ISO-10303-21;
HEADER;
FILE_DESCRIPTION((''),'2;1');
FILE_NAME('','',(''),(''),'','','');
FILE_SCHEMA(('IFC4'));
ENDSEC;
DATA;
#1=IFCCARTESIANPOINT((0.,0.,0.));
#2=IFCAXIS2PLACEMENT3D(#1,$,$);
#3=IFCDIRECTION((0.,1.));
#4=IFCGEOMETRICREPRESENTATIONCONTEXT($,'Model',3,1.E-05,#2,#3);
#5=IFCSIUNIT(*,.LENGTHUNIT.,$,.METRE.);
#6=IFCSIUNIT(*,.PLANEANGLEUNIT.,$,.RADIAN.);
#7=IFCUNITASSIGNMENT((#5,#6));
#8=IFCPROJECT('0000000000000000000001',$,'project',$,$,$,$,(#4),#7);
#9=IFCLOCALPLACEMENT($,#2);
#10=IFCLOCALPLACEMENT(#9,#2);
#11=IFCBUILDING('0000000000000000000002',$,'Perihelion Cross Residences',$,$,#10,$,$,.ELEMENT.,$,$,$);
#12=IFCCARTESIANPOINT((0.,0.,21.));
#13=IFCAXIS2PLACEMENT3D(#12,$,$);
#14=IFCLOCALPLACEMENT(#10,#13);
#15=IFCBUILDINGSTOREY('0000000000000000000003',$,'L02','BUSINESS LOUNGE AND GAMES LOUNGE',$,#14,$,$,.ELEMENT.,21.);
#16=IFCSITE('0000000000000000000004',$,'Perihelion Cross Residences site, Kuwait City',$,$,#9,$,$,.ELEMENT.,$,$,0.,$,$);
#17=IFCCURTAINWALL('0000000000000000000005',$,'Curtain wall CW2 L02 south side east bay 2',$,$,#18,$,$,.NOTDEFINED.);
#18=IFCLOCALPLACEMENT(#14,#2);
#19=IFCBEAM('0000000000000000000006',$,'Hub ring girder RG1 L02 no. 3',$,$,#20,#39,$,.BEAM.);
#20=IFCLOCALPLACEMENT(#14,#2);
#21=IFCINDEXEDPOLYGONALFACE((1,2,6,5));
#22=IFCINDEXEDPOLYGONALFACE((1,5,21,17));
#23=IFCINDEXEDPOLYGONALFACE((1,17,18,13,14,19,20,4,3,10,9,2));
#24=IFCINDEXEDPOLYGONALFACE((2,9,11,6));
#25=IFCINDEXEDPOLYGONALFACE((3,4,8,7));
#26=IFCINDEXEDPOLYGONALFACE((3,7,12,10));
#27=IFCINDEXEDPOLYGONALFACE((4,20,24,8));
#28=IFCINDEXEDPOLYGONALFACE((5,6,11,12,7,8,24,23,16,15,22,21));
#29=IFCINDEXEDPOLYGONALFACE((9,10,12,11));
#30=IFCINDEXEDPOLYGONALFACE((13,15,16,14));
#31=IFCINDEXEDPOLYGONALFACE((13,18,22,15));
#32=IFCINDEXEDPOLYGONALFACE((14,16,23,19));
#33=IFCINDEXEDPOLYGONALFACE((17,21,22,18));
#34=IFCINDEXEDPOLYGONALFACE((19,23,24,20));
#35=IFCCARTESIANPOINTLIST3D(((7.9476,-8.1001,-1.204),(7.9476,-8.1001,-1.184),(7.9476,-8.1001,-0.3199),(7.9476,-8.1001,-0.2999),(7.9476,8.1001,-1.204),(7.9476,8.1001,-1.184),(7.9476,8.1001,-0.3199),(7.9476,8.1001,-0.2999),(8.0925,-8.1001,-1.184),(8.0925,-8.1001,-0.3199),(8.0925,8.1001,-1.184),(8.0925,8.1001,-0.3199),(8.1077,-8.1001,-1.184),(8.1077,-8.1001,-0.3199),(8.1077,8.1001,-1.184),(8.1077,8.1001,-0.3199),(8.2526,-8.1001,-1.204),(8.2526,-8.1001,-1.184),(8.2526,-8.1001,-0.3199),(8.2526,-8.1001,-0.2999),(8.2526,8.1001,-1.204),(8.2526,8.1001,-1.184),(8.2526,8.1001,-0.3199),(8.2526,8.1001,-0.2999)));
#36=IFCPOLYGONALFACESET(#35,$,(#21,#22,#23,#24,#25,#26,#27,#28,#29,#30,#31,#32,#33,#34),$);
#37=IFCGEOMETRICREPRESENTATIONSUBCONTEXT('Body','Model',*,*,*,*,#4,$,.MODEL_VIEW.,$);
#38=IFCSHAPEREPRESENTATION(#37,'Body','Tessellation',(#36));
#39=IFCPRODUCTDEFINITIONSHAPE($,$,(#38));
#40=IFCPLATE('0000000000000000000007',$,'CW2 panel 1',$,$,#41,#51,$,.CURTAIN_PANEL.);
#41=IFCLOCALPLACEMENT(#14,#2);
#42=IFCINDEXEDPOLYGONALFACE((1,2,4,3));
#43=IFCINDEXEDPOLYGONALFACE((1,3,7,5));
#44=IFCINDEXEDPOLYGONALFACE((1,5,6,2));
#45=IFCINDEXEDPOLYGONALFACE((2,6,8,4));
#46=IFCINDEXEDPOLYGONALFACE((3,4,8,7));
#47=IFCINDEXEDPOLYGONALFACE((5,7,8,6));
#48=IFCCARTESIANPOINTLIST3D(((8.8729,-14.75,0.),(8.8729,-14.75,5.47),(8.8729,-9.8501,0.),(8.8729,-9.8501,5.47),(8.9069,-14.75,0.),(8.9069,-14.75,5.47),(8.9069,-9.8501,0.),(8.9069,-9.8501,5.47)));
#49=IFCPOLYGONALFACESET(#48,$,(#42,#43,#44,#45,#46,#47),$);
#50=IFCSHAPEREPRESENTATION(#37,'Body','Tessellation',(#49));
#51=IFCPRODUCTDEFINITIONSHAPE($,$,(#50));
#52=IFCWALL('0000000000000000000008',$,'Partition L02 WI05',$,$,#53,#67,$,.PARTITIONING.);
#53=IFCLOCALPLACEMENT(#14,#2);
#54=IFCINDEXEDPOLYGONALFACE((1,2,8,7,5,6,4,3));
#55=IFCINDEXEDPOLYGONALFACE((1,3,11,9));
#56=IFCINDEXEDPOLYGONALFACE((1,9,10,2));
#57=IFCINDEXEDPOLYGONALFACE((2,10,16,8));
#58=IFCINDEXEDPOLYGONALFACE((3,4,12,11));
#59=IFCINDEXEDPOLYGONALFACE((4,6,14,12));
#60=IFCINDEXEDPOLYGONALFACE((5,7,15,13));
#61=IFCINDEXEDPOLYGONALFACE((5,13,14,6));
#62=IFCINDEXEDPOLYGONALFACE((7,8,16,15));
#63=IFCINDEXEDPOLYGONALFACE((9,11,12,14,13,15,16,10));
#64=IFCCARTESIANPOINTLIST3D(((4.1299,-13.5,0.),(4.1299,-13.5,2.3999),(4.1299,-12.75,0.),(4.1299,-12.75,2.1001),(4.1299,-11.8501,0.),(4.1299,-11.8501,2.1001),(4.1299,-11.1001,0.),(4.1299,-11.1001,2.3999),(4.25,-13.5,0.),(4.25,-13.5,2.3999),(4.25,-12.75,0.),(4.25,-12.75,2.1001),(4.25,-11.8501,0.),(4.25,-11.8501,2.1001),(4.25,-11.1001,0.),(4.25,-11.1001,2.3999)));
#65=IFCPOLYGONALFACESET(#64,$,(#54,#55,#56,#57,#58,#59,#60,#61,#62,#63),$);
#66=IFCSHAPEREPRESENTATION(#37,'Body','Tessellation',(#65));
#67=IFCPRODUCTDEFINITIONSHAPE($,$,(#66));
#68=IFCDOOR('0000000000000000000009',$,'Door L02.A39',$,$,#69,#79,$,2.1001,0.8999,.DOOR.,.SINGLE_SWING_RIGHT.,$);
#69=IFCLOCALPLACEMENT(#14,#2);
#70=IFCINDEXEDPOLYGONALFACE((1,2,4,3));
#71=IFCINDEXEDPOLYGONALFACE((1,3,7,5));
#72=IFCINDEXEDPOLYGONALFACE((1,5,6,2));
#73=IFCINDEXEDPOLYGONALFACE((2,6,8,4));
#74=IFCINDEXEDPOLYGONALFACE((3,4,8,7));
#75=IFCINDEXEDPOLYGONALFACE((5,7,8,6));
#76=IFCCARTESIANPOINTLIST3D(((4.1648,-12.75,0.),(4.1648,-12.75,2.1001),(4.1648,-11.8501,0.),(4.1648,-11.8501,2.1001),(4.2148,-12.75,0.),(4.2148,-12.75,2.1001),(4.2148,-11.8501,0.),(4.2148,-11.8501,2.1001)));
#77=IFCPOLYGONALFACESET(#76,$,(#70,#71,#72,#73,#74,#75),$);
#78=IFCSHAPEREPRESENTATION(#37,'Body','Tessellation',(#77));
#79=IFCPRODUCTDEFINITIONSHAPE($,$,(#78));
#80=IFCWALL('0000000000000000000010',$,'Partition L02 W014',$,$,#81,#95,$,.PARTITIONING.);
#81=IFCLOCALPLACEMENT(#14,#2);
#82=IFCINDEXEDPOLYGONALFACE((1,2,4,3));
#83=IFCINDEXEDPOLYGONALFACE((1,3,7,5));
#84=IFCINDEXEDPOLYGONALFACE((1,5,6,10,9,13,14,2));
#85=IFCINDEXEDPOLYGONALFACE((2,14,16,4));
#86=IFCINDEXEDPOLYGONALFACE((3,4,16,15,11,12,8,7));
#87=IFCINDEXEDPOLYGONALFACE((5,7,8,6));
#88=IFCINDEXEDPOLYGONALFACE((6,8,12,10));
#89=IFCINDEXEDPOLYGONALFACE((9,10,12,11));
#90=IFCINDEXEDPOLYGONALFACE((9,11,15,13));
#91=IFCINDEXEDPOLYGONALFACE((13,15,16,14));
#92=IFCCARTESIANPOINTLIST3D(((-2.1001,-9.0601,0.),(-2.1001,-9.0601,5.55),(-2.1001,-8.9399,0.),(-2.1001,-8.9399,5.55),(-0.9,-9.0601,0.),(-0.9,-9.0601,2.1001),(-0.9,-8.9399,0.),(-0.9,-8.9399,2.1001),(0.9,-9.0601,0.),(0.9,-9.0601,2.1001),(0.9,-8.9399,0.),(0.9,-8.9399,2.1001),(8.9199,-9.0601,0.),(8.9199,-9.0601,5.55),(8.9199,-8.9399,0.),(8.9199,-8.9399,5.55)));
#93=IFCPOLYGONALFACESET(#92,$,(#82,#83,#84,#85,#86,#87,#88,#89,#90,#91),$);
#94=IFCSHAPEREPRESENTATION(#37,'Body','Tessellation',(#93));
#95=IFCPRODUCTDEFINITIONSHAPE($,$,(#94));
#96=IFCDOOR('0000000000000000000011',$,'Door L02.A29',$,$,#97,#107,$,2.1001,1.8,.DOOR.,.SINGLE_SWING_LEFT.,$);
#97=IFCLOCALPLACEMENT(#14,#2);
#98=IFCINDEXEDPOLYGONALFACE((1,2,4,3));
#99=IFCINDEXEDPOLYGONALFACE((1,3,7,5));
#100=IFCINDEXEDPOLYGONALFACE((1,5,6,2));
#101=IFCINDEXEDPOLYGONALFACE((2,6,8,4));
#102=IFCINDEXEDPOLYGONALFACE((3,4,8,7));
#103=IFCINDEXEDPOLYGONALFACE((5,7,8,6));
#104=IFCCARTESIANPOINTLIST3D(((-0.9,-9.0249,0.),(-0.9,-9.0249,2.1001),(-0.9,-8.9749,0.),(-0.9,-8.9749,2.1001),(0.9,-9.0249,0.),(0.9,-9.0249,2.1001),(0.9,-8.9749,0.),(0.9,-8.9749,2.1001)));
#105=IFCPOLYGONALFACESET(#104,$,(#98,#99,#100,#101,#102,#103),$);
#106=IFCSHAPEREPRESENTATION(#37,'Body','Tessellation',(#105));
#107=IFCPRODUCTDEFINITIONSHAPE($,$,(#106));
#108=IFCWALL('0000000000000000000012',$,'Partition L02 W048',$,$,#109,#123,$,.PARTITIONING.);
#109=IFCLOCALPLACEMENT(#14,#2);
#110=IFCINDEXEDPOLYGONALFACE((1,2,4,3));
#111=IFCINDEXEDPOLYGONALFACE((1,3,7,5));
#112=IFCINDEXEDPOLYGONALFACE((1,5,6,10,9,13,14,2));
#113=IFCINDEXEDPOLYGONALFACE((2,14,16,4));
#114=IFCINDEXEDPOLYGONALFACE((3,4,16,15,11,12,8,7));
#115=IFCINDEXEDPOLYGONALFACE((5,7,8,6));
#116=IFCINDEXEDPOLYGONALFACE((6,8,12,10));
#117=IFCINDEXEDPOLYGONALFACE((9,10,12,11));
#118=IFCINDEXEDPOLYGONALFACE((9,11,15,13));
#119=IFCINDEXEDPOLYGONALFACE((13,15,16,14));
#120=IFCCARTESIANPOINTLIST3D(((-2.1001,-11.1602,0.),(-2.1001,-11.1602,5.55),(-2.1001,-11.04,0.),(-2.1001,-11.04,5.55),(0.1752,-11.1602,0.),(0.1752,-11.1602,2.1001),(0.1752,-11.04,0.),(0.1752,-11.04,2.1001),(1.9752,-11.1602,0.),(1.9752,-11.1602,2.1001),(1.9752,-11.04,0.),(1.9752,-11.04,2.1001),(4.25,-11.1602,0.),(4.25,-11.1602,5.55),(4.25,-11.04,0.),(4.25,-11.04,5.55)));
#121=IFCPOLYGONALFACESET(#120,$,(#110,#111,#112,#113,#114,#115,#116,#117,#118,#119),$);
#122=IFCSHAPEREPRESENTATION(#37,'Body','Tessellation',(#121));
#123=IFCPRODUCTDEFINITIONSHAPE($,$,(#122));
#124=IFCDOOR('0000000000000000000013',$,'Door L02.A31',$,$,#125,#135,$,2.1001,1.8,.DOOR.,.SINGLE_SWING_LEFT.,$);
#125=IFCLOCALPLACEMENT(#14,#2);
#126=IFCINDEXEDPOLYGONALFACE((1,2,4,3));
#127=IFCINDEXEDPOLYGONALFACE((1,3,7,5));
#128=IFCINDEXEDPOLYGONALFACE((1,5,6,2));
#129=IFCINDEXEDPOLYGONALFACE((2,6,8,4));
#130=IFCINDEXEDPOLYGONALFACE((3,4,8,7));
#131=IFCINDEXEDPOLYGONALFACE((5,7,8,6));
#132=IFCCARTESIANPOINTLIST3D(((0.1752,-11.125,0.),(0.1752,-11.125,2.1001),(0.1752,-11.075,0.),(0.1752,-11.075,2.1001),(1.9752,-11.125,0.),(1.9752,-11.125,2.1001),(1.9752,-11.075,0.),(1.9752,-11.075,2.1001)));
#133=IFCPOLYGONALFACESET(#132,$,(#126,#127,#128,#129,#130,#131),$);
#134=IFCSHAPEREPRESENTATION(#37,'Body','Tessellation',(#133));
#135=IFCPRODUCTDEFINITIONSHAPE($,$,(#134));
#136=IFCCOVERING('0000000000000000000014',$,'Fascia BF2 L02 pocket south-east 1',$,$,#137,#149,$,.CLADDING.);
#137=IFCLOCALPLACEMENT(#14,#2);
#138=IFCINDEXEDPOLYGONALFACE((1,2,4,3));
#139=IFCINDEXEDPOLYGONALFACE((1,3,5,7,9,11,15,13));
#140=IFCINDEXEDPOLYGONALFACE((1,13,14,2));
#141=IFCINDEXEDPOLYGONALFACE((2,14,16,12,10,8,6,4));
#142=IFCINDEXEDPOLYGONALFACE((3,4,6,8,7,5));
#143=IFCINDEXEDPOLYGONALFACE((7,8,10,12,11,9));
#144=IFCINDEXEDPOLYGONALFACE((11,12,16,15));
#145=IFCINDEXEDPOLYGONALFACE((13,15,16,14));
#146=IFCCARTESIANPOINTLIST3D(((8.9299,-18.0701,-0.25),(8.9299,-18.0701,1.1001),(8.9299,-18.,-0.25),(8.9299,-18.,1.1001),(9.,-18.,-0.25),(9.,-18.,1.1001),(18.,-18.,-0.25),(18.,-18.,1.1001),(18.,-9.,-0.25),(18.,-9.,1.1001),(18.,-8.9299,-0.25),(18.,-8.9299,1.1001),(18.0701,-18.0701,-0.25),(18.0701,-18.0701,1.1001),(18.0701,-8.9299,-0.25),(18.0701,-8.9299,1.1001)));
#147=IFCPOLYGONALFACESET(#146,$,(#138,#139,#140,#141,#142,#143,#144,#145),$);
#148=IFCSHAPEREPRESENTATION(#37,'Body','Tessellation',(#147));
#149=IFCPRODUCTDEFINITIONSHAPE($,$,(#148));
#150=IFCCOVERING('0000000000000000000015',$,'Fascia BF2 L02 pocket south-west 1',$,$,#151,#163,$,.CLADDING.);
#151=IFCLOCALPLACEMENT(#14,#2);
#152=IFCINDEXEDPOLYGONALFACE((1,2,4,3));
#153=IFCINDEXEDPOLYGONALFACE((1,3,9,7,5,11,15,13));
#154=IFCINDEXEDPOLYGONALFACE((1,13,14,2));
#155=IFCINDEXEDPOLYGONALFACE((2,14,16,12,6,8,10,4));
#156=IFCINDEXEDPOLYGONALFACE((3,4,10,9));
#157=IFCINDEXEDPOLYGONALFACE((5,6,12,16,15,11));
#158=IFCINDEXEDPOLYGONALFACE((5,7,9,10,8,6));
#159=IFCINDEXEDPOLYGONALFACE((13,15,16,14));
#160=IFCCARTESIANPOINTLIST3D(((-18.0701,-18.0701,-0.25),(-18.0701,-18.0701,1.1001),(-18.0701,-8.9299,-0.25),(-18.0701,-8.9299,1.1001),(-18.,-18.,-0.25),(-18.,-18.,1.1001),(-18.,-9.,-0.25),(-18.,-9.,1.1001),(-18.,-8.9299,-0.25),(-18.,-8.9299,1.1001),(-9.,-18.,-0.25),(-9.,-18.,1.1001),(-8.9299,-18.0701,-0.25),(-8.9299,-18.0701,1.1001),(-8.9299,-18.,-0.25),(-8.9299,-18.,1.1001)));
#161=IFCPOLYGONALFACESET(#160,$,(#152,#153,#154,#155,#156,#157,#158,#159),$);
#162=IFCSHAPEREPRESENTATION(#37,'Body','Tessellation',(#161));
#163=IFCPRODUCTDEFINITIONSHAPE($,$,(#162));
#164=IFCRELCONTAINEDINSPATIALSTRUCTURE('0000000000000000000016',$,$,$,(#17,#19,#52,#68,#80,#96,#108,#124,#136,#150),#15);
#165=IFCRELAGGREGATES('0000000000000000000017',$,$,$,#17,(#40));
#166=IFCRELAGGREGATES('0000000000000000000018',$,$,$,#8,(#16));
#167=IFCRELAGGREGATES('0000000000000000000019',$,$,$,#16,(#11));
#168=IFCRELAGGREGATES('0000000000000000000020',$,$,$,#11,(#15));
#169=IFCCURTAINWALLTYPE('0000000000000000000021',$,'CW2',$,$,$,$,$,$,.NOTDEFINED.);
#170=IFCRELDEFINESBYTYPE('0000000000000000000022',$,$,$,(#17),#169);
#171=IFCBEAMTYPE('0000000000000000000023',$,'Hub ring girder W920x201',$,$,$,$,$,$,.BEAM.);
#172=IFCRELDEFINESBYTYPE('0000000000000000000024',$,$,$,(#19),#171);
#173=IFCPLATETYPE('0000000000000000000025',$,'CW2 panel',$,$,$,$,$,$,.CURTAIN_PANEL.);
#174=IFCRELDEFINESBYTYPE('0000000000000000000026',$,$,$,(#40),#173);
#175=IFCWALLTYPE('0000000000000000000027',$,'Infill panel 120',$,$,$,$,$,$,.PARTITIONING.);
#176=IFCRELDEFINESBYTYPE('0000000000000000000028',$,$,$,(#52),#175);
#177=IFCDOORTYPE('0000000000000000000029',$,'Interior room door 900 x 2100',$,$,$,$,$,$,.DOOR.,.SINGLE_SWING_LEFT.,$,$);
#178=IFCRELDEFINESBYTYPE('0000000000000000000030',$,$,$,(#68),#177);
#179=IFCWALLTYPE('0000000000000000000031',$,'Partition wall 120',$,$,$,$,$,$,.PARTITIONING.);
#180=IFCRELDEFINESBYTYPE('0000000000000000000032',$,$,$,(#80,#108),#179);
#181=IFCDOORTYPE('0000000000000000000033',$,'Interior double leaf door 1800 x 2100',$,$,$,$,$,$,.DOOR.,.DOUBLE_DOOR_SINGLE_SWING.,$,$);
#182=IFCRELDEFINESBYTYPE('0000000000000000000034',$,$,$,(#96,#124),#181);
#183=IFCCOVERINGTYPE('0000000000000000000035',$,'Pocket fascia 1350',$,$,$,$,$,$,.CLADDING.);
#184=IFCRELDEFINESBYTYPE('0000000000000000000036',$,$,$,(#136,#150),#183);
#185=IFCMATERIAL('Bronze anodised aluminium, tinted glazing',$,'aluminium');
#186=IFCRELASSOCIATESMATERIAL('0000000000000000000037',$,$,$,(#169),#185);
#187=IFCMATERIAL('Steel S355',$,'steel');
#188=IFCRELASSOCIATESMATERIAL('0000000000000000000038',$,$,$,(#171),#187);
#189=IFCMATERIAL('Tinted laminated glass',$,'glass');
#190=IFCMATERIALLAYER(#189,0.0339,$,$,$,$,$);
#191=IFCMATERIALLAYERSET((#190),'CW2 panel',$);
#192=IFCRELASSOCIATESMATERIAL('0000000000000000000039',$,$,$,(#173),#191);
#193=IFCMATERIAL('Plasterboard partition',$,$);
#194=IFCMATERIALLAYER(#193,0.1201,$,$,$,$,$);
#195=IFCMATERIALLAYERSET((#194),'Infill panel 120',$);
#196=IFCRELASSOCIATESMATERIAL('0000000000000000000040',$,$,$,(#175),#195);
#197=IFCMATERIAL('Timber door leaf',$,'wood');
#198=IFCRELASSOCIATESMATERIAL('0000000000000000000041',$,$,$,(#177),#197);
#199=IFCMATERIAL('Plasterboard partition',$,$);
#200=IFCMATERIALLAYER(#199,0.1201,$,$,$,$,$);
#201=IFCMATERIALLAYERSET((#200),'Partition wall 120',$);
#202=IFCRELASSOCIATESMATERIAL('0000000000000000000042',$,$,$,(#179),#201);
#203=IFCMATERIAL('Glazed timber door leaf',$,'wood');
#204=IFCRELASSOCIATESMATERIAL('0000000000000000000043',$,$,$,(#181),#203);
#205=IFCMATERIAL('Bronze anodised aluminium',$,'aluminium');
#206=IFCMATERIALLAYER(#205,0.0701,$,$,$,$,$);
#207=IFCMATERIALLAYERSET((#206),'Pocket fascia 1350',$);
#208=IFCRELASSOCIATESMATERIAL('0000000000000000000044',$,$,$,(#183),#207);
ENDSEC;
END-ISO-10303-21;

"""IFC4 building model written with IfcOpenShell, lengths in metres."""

from ifc_helpers import new_model, si_unit, direction, frame, frame_2d, origin, origin_2d, place, context, subcontext, project, spatial, polyline, rectangle, i_section, outline, extrude, material, layer, layer_set, material_profile, profile_set, type_object, element, fill, aggregate, save


model = new_model("IFC4")

# Units and contexts
model_context = context("Model", 3, precision=1e-05, world=origin(), true_north=direction((0.0, 1.0)))
body_context = subcontext(model_context, "Body", "Model", "MODEL_VIEW")
ifc_project = project(units=[si_unit("LENGTHUNIT", "METRE"), si_unit("PLANEANGLEUNIT", "RADIAN")], contexts=[model_context])

# Site, building, storey
site_placement = place(None, origin())
site = spatial("IfcSite", under=ifc_project, at=site_placement, Name="Perihelion Cross Residences site, Kuwait City", CompositionType="ELEMENT", RefElevation=0.0)
building_placement = place(site_placement, origin())
building = spatial("IfcBuilding", under=site, at=building_placement, Name="Perihelion Cross Residences", CompositionType="ELEMENT")
storey_placement = place(building_placement, frame((0.0, 0.0, 21.0)))
storey = spatial("IfcBuildingStorey", under=building, at=storey_placement, Name="L02", Description="BUSINESS LOUNGE AND GAMES LOUNGE", CompositionType="ELEMENT", Elevation=21.0)

# Curtain wall
ifc_material_1 = material(Name="Bronze anodised aluminium, tinted glazing", Category="aluminium")
curtain_wall_type = type_object("IfcCurtainWallType", Name="CW2", PredefinedType="NOTDEFINED", material=ifc_material_1)
curtain_wall_placement = place(storey_placement, origin())
curtain_wall = element("IfcCurtainWall", 1, at=curtain_wall_placement, inside=storey, type_object=curtain_wall_type, Name="Curtain wall CW2 L02 south side east bay 2", PredefinedType="NOTDEFINED")

# Beam
ifc_material_2 = material(Name="Steel S355", Category="steel")
ifc_material_profile_1 = material_profile(ifc_material_2, i_section(OverallWidth=0.3049, OverallDepth=0.9041, WebThickness=0.0151, FlangeThickness=0.02, at=origin_2d()), Name="W920x201")
ifc_profile_set_1 = profile_set([ifc_material_profile_1], Name="Steel S355")
beam_type_1 = type_object("IfcBeamType", Name="Hub ring girder W920x201", PredefinedType="BEAM", material=ifc_profile_set_1)
beam_1_placement = place(storey_placement, frame((8.1001, -8.1001, -0.752), z_axis=(0.0, 1.0, 0.0), x_axis=(-1.0, 0.0, 0.0)))
element("IfcBeam", 2, at=beam_1_placement, inside=storey, type_object=beam_type_1, Name="Hub ring girder RG1 L02 no. 3", PredefinedType="BEAM", context=body_context, shape_type="SweptSolid", body=[
    extrude(i_section(OverallWidth=0.3049, OverallDepth=0.9041, WebThickness=0.0151, FlangeThickness=0.02, at=origin_2d()), origin(), (0.0, 0.0, 1.0), 16.2002),
])

# Plate
ifc_material_3 = material(Name="Tinted laminated glass", Category="glass")
ifc_layer_1 = layer(ifc_material_3, 0.0339)
ifc_layer_set_1 = layer_set([ifc_layer_1], Name="CW2 panel")
plate_type = type_object("IfcPlateType", Name="CW2 panel", PredefinedType="CURTAIN_PANEL", material=ifc_layer_set_1)
plate_placement = place(storey_placement, frame((8.8899, -12.3, 0.0), z_axis=(0.0, 0.0, 1.0), x_axis=(0.0, 1.0, 0.0)))
plate = element("IfcPlate", 3, at=plate_placement, type_object=plate_type, Name="CW2 panel 1", PredefinedType="CURTAIN_PANEL", context=body_context, shape_type="SweptSolid", body=[
    extrude(rectangle(XDim=4.8999, YDim=0.0339, at=origin_2d()), origin(), (0.0, 0.0, 1.0), 5.47),
])
aggregate(curtain_wall, [plate])

# Walls, openings, doors
ifc_material_4 = material(Name="Plasterboard partition")
ifc_layer_2 = layer(ifc_material_4, 0.1201)
ifc_layer_set_2 = layer_set([ifc_layer_2], Name="Infill panel 120")
wall_type_1 = type_object("IfcWallType", Name="Infill panel 120", PredefinedType="PARTITIONING", material=ifc_layer_set_2)
wall_1_placement = place(storey_placement, frame((4.1899, -11.1001, 0.0), z_axis=(0.0, 0.0, 1.0), x_axis=(0.0, -1.0, 0.0)))
wall_1 = element("IfcWall", 4, at=wall_1_placement, inside=storey, type_object=wall_type_1, Name="Partition L02 WI05", PredefinedType="PARTITIONING", context=body_context, shape_type="SweptSolid", body=[
    extrude(rectangle(XDim=2.3999, YDim=0.1201, at=frame_2d((1.2, 0.0))), origin(), (0.0, 0.0, 1.0), 2.3999),
])
opening_1_placement = place(wall_1_placement, frame((0.75, 0.0, 0.0)))
opening_1 = element("IfcOpeningElement", 5, at=opening_1_placement, cuts=wall_1, PredefinedType="OPENING", context=body_context, shape_type="SweptSolid", body=[
    extrude(rectangle(XDim=0.8999, YDim=2.1001, at=frame_2d((0.45, 1.05))), frame((0.0, 0.0701, 0.0), z_axis=(0.0, -1.0, 0.0), x_axis=(1.0, 0.0, 0.0)), (0.0, 0.0, 1.0), 0.1401),
])
ifc_material_5 = material(Name="Timber door leaf", Category="wood")
door_type_1 = type_object("IfcDoorType", Name="Interior room door 900 x 2100", OperationType="SINGLE_SWING_LEFT", PredefinedType="DOOR", material=ifc_material_5)
door_1_placement = place(opening_1_placement, origin())
door_1 = element("IfcDoor", 6, at=door_1_placement, inside=storey, type_object=door_type_1, Name="Door L02.A39", OperationType="SINGLE_SWING_RIGHT", OverallHeight=2.1001, OverallWidth=0.8999, PredefinedType="DOOR", context=body_context, shape_type="SweptSolid", body=[
    extrude(rectangle(XDim=0.8999, YDim=2.1001, at=frame_2d((0.45, 1.05))), frame((0.0, 0.0249, 0.0), z_axis=(0.0, -1.0, 0.0), x_axis=(1.0, 0.0, 0.0)), (0.0, 0.0, 1.0), 0.05),
])
fill(opening_1, door_1)
ifc_material_6 = material(Name="Plasterboard partition")
ifc_layer_3 = layer(ifc_material_6, 0.1201)
ifc_layer_set_3 = layer_set([ifc_layer_3], Name="Partition wall 120")
wall_type_2 = type_object("IfcWallType", Name="Partition wall 120", PredefinedType="PARTITIONING", material=ifc_layer_set_3)
wall_2_placement = place(storey_placement, frame((8.9199, -9.0, 0.0), z_axis=(0.0, 0.0, 1.0), x_axis=(-1.0, 0.0, 0.0)))
wall_2 = element("IfcWall", 7, at=wall_2_placement, inside=storey, type_object=wall_type_2, Name="Partition L02 W014", PredefinedType="PARTITIONING", context=body_context, shape_type="SweptSolid", body=[
    extrude(rectangle(XDim=11.02, YDim=0.1201, at=frame_2d((5.51, 0.0))), origin(), (0.0, 0.0, 1.0), 5.55),
])
opening_2_placement = place(wall_2_placement, frame((8.02, 0.0, 0.0)))
opening_2 = element("IfcOpeningElement", 8, at=opening_2_placement, cuts=wall_2, PredefinedType="OPENING", context=body_context, shape_type="SweptSolid", body=[
    extrude(rectangle(XDim=1.8, YDim=2.1001, at=frame_2d((0.8999, 1.05))), frame((0.0, 0.0701, 0.0), z_axis=(0.0, -1.0, 0.0), x_axis=(1.0, 0.0, 0.0)), (0.0, 0.0, 1.0), 0.1401),
])
ifc_material_7 = material(Name="Glazed timber door leaf", Category="wood")
door_type_2 = type_object("IfcDoorType", Name="Interior double leaf door 1800 x 2100", OperationType="DOUBLE_DOOR_SINGLE_SWING", PredefinedType="DOOR", material=ifc_material_7)
door_2_placement = place(opening_2_placement, origin())
door_2 = element("IfcDoor", 9, at=door_2_placement, inside=storey, type_object=door_type_2, Name="Door L02.A29", OperationType="SINGLE_SWING_LEFT", OverallHeight=2.1001, OverallWidth=1.8, PredefinedType="DOOR", context=body_context, shape_type="SweptSolid", body=[
    extrude(rectangle(XDim=1.8, YDim=2.1001, at=frame_2d((0.8999, 1.05))), frame((0.0, 0.0249, 0.0), z_axis=(0.0, -1.0, 0.0), x_axis=(1.0, 0.0, 0.0)), (0.0, 0.0, 1.0), 0.05),
])
fill(opening_2, door_2)
wall_3_placement = place(storey_placement, frame((4.25, -11.1001, 0.0), z_axis=(0.0, 0.0, 1.0), x_axis=(-1.0, 0.0, 0.0)))
wall_3 = element("IfcWall", 10, at=wall_3_placement, inside=storey, type_object=wall_type_2, Name="Partition L02 W048", PredefinedType="PARTITIONING", context=body_context, shape_type="SweptSolid", body=[
    extrude(rectangle(XDim=6.3501, YDim=0.1201, at=frame_2d((3.175, 0.0))), origin(), (0.0, 0.0, 1.0), 5.55),
])
opening_3_placement = place(wall_3_placement, frame((2.2749, 0.0, 0.0)))
opening_3 = element("IfcOpeningElement", 11, at=opening_3_placement, cuts=wall_3, PredefinedType="OPENING", context=body_context, shape_type="SweptSolid", body=[
    extrude(rectangle(XDim=1.8, YDim=2.1001, at=frame_2d((0.8999, 1.05))), frame((0.0, 0.0701, 0.0), z_axis=(0.0, -1.0, 0.0), x_axis=(1.0, 0.0, 0.0)), (0.0, 0.0, 1.0), 0.1401),
])
door_3_placement = place(opening_3_placement, origin())
door_3 = element("IfcDoor", 12, at=door_3_placement, inside=storey, type_object=door_type_2, Name="Door L02.A31", OperationType="SINGLE_SWING_LEFT", OverallHeight=2.1001, OverallWidth=1.8, PredefinedType="DOOR", context=body_context, shape_type="SweptSolid", body=[
    extrude(rectangle(XDim=1.8, YDim=2.1001, at=frame_2d((0.8999, 1.05))), frame((0.0, 0.0249, 0.0), z_axis=(0.0, -1.0, 0.0), x_axis=(1.0, 0.0, 0.0)), (0.0, 0.0, 1.0), 0.05),
])
fill(opening_3, door_3)

# Coverings
ifc_material_8 = material(Name="Bronze anodised aluminium", Category="aluminium")
ifc_layer_4 = layer(ifc_material_8, 0.0701)
ifc_layer_set_4 = layer_set([ifc_layer_4], Name="Pocket fascia 1350")
covering_type_1 = type_object("IfcCoveringType", Name="Pocket fascia 1350", PredefinedType="CLADDING", material=ifc_layer_set_4)
covering_1_placement = place(storey_placement, frame((0.0, 0.0, -0.25)))
element("IfcCovering", 13, at=covering_1_placement, inside=storey, type_object=covering_type_1, Name="Fascia BF2 L02 pocket south-east 1", PredefinedType="CLADDING", context=body_context, shape_type="SweptSolid", body=[
    extrude(outline(polyline([(8.9299, -18.0701), (18.0701, -18.0701), (18.0701, -8.9299), (18.0, -8.9299), (18.0, -9.0), (18.0, -9.0), (18.0, -18.0), (9.0, -18.0), (9.0, -18.0), (8.9299, -18.0), (8.9299, -18.0701)])), origin(), (0.0, 0.0, 1.0), 1.3501),
])
covering_2_placement = place(storey_placement, frame((0.0, 0.0, -0.25)))
element("IfcCovering", 14, at=covering_2_placement, inside=storey, type_object=covering_type_1, Name="Fascia BF2 L02 pocket south-west 1", PredefinedType="CLADDING", context=body_context, shape_type="SweptSolid", body=[
    extrude(outline(polyline([(-18.0701, -18.0701), (-8.9299, -18.0701), (-8.9299, -18.0), (-9.0, -18.0), (-9.0, -18.0), (-18.0, -18.0), (-18.0, -9.0), (-18.0, -9.0), (-18.0, -8.9299), (-18.0701, -8.9299), (-18.0701, -18.0701)])), origin(), (0.0, 0.0, 1.0), 1.3501),
])

save(model, "model.ifc")
